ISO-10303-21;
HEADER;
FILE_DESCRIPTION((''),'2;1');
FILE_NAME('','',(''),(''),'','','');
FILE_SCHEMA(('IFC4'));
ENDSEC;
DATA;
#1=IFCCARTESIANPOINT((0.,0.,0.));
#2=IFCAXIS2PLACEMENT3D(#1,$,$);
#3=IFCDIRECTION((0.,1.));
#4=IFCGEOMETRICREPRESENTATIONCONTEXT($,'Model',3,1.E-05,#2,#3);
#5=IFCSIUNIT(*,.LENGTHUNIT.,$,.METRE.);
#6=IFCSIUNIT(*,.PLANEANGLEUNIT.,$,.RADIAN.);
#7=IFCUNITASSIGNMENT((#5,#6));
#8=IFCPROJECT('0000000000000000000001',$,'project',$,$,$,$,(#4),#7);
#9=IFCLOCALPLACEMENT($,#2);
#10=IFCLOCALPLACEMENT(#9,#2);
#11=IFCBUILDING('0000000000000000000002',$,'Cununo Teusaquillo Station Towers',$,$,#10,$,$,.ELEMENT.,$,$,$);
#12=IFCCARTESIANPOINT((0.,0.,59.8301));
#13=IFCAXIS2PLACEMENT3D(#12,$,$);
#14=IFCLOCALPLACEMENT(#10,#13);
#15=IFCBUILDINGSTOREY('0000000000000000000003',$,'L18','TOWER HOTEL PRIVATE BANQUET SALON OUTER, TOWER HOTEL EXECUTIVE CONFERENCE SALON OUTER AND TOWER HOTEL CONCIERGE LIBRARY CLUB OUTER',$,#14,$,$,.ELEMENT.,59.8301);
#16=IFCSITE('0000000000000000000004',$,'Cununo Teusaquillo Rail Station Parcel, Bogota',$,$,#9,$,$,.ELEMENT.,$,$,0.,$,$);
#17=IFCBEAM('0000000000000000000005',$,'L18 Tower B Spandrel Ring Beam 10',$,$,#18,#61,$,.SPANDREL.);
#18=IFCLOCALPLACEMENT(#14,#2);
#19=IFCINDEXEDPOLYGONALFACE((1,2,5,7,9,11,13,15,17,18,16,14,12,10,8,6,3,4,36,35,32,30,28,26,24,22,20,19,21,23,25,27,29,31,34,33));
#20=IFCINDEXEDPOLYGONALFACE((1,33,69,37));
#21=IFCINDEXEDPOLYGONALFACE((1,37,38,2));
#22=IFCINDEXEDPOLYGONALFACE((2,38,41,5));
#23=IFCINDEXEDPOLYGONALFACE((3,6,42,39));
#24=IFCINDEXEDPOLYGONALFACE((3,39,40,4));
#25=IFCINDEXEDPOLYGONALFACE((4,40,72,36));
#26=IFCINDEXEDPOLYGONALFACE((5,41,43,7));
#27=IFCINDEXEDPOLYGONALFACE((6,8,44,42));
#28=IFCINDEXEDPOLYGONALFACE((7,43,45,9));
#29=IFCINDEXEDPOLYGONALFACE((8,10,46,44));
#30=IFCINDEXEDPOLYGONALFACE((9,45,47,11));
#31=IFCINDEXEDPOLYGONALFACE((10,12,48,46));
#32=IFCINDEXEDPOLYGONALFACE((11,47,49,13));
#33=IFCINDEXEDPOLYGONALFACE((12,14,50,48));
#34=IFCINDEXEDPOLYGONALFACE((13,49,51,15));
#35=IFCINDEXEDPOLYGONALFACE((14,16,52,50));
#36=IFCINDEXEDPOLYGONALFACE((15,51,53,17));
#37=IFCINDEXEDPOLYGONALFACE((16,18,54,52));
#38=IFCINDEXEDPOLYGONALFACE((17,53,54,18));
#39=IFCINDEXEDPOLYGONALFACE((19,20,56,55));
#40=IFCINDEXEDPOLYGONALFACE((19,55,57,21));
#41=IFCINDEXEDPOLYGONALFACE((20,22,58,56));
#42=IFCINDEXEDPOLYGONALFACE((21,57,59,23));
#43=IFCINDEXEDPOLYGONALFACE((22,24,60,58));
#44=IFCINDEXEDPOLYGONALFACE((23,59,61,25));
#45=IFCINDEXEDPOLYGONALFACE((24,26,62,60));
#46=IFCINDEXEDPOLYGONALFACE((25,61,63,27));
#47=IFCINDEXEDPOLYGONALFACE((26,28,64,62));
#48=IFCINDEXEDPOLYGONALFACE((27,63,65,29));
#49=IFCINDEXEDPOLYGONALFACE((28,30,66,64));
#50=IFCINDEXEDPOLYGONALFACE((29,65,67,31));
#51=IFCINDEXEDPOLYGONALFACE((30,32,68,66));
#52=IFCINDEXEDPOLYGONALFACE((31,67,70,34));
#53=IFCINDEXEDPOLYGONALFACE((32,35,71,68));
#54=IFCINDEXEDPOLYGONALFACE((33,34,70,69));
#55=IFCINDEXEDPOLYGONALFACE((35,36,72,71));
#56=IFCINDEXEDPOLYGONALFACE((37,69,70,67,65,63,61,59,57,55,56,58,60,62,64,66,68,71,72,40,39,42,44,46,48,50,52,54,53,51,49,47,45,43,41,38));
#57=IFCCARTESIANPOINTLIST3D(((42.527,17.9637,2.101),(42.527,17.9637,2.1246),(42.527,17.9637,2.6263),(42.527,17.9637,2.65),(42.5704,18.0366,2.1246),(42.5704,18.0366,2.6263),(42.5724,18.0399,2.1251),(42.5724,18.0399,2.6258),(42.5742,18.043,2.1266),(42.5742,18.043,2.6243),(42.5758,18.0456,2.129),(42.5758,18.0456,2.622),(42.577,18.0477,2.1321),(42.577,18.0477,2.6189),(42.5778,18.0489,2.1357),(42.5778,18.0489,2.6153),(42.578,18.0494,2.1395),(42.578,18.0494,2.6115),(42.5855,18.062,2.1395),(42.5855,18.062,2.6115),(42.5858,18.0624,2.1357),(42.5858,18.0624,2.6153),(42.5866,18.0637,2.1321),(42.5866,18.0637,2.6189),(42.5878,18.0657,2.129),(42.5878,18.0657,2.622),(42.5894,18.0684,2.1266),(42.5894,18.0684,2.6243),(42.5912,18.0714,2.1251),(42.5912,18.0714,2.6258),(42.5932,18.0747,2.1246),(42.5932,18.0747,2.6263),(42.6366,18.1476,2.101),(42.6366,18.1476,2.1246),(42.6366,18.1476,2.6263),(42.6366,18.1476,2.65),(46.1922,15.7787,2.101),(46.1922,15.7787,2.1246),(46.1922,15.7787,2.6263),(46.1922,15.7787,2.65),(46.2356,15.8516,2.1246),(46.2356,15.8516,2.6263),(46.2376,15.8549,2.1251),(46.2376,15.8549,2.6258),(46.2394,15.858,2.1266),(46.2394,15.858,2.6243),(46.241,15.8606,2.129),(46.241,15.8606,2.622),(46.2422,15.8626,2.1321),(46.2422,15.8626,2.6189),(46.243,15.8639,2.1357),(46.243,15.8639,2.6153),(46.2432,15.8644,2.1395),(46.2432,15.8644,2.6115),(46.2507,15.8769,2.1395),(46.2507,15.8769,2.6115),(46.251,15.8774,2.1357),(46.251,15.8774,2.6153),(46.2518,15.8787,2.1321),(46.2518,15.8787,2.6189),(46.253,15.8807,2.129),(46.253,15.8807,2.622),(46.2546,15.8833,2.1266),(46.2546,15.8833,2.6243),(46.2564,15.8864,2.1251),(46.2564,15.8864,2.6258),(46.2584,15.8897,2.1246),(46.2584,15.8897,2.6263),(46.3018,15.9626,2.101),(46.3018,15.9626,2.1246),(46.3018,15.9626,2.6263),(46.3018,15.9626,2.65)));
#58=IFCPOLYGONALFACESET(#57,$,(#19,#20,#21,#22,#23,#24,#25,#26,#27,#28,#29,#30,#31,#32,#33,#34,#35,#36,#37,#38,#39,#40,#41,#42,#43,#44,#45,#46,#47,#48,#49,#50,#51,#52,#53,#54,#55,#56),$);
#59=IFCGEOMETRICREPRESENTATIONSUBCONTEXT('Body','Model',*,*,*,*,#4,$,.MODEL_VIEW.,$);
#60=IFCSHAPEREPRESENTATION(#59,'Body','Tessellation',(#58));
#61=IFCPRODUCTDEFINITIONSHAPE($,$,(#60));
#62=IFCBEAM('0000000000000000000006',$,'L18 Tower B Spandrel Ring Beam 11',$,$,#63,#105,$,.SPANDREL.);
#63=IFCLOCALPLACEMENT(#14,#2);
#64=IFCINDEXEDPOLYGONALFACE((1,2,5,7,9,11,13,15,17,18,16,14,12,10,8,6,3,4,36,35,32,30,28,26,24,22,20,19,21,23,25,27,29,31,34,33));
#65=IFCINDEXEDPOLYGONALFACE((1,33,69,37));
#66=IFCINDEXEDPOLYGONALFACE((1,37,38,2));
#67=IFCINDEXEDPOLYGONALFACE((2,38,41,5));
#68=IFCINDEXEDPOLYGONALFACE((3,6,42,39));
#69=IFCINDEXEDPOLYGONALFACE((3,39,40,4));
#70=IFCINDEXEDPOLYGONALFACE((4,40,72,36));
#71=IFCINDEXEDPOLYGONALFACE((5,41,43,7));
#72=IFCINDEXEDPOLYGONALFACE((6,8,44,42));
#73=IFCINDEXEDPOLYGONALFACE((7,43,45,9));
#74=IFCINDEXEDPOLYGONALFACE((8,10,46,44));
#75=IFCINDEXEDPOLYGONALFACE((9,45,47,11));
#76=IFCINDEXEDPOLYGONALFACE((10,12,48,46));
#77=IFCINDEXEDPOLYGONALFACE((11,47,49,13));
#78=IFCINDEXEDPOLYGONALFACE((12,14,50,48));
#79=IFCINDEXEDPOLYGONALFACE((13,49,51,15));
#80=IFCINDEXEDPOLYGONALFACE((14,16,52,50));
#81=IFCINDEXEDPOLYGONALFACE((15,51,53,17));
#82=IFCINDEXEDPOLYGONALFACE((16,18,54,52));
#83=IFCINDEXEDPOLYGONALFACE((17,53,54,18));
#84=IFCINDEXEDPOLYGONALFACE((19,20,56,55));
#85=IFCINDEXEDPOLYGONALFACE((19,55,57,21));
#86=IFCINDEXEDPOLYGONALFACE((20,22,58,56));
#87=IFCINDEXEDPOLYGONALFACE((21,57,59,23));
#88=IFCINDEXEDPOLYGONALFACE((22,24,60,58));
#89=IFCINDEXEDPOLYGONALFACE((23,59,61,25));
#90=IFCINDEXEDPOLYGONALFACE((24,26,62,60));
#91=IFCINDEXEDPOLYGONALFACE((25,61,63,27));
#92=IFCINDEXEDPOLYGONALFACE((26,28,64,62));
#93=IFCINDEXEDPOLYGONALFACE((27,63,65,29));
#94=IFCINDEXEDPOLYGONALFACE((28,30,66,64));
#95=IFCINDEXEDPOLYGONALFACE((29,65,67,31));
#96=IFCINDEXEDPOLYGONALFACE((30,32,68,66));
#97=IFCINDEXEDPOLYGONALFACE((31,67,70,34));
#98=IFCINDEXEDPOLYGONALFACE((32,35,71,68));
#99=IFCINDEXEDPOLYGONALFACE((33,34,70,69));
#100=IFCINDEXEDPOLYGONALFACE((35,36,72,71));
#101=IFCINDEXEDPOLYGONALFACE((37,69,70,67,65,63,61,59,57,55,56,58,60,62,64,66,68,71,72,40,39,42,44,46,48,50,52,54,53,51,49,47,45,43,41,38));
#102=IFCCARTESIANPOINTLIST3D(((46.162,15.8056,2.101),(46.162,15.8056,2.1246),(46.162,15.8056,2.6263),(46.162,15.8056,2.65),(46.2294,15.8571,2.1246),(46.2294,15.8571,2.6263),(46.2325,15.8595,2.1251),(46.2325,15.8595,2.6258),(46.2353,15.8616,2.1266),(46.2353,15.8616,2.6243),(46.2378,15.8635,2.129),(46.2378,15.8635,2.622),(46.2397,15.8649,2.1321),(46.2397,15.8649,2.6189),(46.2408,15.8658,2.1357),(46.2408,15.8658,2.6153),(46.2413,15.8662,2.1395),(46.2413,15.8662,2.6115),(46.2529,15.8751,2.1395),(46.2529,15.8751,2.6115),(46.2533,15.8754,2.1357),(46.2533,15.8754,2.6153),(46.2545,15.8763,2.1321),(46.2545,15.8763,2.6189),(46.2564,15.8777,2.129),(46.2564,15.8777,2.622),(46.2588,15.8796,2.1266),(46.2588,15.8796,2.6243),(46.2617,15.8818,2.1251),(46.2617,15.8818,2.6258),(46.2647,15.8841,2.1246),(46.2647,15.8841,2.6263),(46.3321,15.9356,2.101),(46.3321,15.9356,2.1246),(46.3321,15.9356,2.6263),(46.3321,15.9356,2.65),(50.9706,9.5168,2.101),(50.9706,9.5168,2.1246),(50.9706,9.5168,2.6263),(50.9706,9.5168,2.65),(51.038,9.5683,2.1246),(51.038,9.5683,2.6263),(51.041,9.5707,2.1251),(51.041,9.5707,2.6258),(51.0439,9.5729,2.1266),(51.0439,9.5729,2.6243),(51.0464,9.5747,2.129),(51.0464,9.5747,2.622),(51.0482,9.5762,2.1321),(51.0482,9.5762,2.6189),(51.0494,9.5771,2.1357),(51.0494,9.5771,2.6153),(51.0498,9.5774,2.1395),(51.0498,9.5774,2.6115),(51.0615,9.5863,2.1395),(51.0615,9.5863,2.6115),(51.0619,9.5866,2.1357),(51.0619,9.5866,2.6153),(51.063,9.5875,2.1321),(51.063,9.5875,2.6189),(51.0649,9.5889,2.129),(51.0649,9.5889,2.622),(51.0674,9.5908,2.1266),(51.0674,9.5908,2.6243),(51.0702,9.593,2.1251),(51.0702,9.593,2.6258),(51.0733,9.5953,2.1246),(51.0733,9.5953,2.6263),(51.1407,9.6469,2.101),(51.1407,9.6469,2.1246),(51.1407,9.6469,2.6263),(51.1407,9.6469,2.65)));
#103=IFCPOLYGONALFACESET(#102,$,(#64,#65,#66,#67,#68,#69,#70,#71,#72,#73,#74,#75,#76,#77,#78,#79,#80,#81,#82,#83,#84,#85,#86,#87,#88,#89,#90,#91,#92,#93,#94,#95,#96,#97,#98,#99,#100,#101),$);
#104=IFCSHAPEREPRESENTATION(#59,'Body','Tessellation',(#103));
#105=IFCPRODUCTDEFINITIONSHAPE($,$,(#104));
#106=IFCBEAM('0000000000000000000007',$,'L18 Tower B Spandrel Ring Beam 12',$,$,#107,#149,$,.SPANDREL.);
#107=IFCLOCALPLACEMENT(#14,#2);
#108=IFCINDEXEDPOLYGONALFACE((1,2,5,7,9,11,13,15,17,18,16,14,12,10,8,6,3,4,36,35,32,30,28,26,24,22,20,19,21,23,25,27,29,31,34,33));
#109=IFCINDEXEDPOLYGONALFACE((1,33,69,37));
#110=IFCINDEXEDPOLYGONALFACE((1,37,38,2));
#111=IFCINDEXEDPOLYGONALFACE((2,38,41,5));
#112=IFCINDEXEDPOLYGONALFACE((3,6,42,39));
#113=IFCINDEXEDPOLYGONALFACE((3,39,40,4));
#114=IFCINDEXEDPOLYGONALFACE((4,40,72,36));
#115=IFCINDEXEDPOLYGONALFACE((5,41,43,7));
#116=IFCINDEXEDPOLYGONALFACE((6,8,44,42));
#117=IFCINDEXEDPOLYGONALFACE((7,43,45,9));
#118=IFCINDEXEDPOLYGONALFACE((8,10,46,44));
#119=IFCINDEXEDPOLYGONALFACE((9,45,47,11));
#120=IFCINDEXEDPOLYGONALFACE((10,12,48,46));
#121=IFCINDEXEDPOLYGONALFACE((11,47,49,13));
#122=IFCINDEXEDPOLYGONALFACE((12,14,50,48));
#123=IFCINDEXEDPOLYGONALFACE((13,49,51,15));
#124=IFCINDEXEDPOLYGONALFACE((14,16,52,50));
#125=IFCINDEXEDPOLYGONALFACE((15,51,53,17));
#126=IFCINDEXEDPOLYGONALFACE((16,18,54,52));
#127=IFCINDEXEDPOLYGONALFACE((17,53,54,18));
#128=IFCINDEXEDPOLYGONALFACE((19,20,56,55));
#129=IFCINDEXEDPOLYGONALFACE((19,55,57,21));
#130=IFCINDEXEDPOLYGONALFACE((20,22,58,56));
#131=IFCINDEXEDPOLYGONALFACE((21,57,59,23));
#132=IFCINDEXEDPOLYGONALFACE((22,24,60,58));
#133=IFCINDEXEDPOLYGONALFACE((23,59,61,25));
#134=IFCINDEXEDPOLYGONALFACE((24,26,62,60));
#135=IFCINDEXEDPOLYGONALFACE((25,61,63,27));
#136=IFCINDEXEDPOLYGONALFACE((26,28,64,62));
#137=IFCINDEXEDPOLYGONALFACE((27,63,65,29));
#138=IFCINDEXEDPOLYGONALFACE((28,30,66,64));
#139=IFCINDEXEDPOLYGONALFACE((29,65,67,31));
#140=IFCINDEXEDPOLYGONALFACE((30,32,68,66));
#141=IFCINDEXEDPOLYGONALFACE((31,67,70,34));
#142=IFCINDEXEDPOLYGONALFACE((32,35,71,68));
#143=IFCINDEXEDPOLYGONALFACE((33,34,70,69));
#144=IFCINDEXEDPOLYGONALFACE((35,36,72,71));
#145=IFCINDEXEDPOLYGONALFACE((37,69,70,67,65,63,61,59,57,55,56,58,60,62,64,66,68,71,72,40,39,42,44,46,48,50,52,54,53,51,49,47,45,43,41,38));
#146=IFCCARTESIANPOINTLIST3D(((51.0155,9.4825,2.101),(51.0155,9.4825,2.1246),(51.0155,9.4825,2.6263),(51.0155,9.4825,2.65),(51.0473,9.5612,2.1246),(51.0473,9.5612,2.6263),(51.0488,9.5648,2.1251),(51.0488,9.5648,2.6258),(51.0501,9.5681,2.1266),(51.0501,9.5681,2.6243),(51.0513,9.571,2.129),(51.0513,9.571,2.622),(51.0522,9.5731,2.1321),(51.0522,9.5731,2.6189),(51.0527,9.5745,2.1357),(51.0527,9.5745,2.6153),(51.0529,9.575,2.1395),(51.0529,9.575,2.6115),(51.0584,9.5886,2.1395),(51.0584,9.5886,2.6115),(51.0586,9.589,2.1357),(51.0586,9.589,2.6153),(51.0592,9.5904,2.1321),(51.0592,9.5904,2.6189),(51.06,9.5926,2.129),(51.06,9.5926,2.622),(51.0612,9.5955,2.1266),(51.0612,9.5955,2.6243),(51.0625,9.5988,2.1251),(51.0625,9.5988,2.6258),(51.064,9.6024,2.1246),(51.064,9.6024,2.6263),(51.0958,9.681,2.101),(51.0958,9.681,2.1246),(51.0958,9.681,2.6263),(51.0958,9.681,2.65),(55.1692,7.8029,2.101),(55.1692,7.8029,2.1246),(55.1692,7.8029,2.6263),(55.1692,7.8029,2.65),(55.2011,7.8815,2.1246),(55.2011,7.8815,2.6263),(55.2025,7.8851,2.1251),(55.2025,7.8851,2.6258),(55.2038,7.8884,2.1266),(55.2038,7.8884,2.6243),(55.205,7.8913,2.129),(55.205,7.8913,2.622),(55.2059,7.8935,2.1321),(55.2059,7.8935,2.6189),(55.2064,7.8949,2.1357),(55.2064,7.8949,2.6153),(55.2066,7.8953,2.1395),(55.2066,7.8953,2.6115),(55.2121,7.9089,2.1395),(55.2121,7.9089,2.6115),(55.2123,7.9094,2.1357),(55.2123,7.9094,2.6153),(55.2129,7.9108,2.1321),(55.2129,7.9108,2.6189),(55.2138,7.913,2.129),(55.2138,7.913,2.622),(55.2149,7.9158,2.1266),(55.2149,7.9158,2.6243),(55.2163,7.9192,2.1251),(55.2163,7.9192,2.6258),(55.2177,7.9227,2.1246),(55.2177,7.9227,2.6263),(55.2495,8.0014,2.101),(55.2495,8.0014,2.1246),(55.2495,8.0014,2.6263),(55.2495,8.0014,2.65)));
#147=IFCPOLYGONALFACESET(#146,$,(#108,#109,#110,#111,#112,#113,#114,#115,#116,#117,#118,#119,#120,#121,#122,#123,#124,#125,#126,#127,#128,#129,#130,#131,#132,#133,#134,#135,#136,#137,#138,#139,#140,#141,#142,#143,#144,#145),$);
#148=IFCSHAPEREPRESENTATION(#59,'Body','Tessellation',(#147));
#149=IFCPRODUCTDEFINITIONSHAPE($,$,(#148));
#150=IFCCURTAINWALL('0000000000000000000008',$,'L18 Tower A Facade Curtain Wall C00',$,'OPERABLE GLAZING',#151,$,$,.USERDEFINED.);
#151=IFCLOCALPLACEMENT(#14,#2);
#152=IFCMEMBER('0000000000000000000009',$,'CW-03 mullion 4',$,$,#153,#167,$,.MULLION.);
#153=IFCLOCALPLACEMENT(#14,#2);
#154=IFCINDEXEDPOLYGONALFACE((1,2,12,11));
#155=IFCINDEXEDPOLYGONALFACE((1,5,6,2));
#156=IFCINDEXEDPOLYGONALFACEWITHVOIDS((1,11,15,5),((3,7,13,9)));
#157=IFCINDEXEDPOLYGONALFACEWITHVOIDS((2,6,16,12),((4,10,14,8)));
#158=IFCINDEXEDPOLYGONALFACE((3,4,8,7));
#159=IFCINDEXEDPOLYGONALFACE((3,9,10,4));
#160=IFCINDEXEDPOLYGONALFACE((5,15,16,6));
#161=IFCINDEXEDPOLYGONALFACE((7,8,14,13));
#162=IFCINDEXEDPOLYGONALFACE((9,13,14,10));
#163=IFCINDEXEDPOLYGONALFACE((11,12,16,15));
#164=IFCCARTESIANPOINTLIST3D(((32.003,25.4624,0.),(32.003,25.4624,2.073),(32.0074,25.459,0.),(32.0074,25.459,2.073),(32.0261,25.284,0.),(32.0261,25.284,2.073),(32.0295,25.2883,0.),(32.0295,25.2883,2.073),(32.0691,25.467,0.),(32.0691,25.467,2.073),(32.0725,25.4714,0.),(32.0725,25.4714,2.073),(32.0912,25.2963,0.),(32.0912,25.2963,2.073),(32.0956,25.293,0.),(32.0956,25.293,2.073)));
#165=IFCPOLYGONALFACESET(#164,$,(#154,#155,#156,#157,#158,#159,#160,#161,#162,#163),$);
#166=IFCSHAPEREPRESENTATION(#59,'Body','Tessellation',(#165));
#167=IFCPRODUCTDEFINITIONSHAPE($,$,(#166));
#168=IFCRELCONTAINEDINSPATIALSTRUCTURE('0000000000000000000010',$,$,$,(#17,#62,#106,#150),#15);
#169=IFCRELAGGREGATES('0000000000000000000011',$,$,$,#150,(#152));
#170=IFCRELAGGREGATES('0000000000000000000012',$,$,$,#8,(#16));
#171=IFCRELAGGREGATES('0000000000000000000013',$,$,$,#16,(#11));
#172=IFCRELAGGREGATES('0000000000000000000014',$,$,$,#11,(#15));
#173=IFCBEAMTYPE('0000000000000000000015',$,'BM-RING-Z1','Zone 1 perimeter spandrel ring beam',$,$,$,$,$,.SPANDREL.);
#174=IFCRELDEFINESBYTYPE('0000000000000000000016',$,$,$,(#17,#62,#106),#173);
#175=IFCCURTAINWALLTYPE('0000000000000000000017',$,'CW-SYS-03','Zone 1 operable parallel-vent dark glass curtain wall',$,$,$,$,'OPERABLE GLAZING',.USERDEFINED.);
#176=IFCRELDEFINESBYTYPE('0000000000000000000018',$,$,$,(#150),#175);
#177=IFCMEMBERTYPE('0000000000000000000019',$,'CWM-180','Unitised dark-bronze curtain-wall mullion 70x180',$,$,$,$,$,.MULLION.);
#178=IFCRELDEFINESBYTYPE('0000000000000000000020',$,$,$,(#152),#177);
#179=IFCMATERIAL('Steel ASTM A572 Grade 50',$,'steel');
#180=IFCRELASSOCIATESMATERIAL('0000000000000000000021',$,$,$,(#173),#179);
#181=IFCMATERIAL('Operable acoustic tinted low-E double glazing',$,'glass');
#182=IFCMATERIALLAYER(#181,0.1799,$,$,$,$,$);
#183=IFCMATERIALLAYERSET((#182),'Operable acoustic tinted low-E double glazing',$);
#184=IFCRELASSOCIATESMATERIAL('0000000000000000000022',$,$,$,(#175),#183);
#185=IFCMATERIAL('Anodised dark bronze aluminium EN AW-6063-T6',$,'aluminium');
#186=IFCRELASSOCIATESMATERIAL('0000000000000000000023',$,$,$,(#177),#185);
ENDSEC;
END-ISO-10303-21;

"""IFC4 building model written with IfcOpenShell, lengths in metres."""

from ifc_helpers import new_model, si_unit, direction, frame, origin, origin_2d, place, context, subcontext, project, spatial, hollow_rectangle, i_section, extrude, material, layer, layer_set, material_profile, profile_set, type_object, element, aggregate, save


model = new_model("IFC4")

# Units and contexts
model_context = context("Model", 3, precision=1e-05, world=origin(), true_north=direction((0.0, 1.0)))
body_context = subcontext(model_context, "Body", "Model", "MODEL_VIEW")
ifc_project = project(units=[si_unit("LENGTHUNIT", "METRE"), si_unit("PLANEANGLEUNIT", "RADIAN")], contexts=[model_context])

# Site, building, storey
site_placement = place(None, origin())
site = spatial("IfcSite", under=ifc_project, at=site_placement, Name="Cununo Teusaquillo Rail Station Parcel, Bogota", CompositionType="ELEMENT", RefElevation=0.0)
building_placement = place(site_placement, origin())
building = spatial("IfcBuilding", under=site, at=building_placement, Name="Cununo Teusaquillo Station Towers", CompositionType="ELEMENT")
storey_placement = place(building_placement, frame((0.0, 0.0, 59.8301)))
storey = spatial("IfcBuildingStorey", under=building, at=storey_placement, Name="L18", Description="TOWER HOTEL PRIVATE BANQUET SALON OUTER, TOWER HOTEL EXECUTIVE CONFERENCE SALON OUTER AND TOWER HOTEL CONCIERGE LIBRARY CLUB OUTER", CompositionType="ELEMENT", Elevation=59.8301)

# Beams
ifc_material_1 = material(Name="Steel ASTM A572 Grade 50", Category="steel")
ifc_material_profile_1 = material_profile(ifc_material_1, i_section(OverallWidth=0.2141, OverallDepth=0.5491, WebThickness=0.0146, FlangeThickness=0.0237, FilletRadius=0.0149, at=origin_2d()), Name="W21X93")
ifc_profile_set_1 = profile_set([ifc_material_profile_1], Name="Steel ASTM A572 Grade 50")
beam_type_1 = type_object("IfcBeamType", Name="BM-RING-Z1", Description="Zone 1 perimeter spandrel ring beam", PredefinedType="SPANDREL", material=ifc_profile_set_1)
beam_1_placement = place(storey_placement, frame((42.5818, 18.0557, 2.3755), z_axis=(0.858948, -0.512062, 0.0), x_axis=(0.512062, 0.858948, 0.0)))
element("IfcBeam", 1, at=beam_1_placement, inside=storey, type_object=beam_type_1, Name="L18 Tower B Spandrel Ring Beam 10", PredefinedType="SPANDREL", context=body_context, shape_type="SweptSolid", body=[
    extrude(i_section(OverallWidth=0.2141, OverallDepth=0.5491, WebThickness=0.0146, FlangeThickness=0.0237, FilletRadius=0.0149, at=origin_2d()), origin(), (0.0, 0.0, 1.0), 4.2671),
])
beam_2_placement = place(storey_placement, frame((46.2471, 15.8706, 2.3755), z_axis=(0.60741, -0.794388, 0.0), x_axis=(0.794388, 0.60741, 0.0)))
element("IfcBeam", 2, at=beam_2_placement, inside=storey, type_object=beam_type_1, Name="L18 Tower B Spandrel Ring Beam 11", PredefinedType="SPANDREL", context=body_context, shape_type="SweptSolid", body=[
    extrude(i_section(OverallWidth=0.2141, OverallDepth=0.5491, WebThickness=0.0146, FlangeThickness=0.0237, FilletRadius=0.0149, at=origin_2d()), origin(), (0.0, 0.0, 1.0), 7.9165),
])
beam_3_placement = place(storey_placement, frame((51.0557, 9.5818, 2.3755), z_axis=(0.927072, -0.374883, 0.0), x_axis=(0.374883, 0.927072, 0.0)))
element("IfcBeam", 3, at=beam_3_placement, inside=storey, type_object=beam_type_1, Name="L18 Tower B Spandrel Ring Beam 12", PredefinedType="SPANDREL", context=body_context, shape_type="SweptSolid", body=[
    extrude(i_section(OverallWidth=0.2141, OverallDepth=0.5491, WebThickness=0.0146, FlangeThickness=0.0237, FilletRadius=0.0149, at=origin_2d()), origin(), (0.0, 0.0, 1.0), 4.4805),
])

# Curtain wall, member
ifc_material_2 = material(Name="Operable acoustic tinted low-E double glazing", Category="glass")
ifc_layer_1 = layer(ifc_material_2, 0.1799)
ifc_layer_set_1 = layer_set([ifc_layer_1], Name="Operable acoustic tinted low-E double glazing")
curtain_wall_type = type_object("IfcCurtainWallType", Name="CW-SYS-03", Description="Zone 1 operable parallel-vent dark glass curtain wall", ElementType="OPERABLE GLAZING", PredefinedType="USERDEFINED", material=ifc_layer_set_1)
curtain_wall_placement = place(storey_placement, origin())
curtain_wall = element("IfcCurtainWall", 4, at=curtain_wall_placement, inside=storey, type_object=curtain_wall_type, Name="L18 Tower A Facade Curtain Wall C00", ObjectType="OPERABLE GLAZING", PredefinedType="USERDEFINED")
ifc_material_3 = material(Name="Anodised dark bronze aluminium EN AW-6063-T6", Category="aluminium")
ifc_material_profile_2 = material_profile(ifc_material_3, hollow_rectangle(XDim=0.0701, YDim=0.1799, WallThickness=0.0039, at=origin_2d()), Name="CW-MULL-70x180")
ifc_profile_set_2 = profile_set([ifc_material_profile_2], Name="Anodised dark bronze aluminium EN AW-6063-T6")
member_type_1 = type_object("IfcMemberType", Name="CWM-180", Description="Unitised dark-bronze curtain-wall mullion 70x180", PredefinedType="MULLION", material=ifc_profile_set_2)
member_1_placement = place(storey_placement, frame((32.0493, 25.3777, 0.0), z_axis=(0.0, 0.0, 1.0), x_axis=(0.991731, 0.128336, 0.0)))
member_1 = element("IfcMember", 5, at=member_1_placement, type_object=member_type_1, Name="CW-03 mullion 4", PredefinedType="MULLION", context=body_context, shape_type="SweptSolid", body=[
    extrude(hollow_rectangle(XDim=0.0701, YDim=0.1799, WallThickness=0.0039, at=origin_2d()), origin(), (0.0, 0.0, 1.0), 2.073),
])
aggregate(curtain_wall, [member_1])

save(model, "model.ifc")
